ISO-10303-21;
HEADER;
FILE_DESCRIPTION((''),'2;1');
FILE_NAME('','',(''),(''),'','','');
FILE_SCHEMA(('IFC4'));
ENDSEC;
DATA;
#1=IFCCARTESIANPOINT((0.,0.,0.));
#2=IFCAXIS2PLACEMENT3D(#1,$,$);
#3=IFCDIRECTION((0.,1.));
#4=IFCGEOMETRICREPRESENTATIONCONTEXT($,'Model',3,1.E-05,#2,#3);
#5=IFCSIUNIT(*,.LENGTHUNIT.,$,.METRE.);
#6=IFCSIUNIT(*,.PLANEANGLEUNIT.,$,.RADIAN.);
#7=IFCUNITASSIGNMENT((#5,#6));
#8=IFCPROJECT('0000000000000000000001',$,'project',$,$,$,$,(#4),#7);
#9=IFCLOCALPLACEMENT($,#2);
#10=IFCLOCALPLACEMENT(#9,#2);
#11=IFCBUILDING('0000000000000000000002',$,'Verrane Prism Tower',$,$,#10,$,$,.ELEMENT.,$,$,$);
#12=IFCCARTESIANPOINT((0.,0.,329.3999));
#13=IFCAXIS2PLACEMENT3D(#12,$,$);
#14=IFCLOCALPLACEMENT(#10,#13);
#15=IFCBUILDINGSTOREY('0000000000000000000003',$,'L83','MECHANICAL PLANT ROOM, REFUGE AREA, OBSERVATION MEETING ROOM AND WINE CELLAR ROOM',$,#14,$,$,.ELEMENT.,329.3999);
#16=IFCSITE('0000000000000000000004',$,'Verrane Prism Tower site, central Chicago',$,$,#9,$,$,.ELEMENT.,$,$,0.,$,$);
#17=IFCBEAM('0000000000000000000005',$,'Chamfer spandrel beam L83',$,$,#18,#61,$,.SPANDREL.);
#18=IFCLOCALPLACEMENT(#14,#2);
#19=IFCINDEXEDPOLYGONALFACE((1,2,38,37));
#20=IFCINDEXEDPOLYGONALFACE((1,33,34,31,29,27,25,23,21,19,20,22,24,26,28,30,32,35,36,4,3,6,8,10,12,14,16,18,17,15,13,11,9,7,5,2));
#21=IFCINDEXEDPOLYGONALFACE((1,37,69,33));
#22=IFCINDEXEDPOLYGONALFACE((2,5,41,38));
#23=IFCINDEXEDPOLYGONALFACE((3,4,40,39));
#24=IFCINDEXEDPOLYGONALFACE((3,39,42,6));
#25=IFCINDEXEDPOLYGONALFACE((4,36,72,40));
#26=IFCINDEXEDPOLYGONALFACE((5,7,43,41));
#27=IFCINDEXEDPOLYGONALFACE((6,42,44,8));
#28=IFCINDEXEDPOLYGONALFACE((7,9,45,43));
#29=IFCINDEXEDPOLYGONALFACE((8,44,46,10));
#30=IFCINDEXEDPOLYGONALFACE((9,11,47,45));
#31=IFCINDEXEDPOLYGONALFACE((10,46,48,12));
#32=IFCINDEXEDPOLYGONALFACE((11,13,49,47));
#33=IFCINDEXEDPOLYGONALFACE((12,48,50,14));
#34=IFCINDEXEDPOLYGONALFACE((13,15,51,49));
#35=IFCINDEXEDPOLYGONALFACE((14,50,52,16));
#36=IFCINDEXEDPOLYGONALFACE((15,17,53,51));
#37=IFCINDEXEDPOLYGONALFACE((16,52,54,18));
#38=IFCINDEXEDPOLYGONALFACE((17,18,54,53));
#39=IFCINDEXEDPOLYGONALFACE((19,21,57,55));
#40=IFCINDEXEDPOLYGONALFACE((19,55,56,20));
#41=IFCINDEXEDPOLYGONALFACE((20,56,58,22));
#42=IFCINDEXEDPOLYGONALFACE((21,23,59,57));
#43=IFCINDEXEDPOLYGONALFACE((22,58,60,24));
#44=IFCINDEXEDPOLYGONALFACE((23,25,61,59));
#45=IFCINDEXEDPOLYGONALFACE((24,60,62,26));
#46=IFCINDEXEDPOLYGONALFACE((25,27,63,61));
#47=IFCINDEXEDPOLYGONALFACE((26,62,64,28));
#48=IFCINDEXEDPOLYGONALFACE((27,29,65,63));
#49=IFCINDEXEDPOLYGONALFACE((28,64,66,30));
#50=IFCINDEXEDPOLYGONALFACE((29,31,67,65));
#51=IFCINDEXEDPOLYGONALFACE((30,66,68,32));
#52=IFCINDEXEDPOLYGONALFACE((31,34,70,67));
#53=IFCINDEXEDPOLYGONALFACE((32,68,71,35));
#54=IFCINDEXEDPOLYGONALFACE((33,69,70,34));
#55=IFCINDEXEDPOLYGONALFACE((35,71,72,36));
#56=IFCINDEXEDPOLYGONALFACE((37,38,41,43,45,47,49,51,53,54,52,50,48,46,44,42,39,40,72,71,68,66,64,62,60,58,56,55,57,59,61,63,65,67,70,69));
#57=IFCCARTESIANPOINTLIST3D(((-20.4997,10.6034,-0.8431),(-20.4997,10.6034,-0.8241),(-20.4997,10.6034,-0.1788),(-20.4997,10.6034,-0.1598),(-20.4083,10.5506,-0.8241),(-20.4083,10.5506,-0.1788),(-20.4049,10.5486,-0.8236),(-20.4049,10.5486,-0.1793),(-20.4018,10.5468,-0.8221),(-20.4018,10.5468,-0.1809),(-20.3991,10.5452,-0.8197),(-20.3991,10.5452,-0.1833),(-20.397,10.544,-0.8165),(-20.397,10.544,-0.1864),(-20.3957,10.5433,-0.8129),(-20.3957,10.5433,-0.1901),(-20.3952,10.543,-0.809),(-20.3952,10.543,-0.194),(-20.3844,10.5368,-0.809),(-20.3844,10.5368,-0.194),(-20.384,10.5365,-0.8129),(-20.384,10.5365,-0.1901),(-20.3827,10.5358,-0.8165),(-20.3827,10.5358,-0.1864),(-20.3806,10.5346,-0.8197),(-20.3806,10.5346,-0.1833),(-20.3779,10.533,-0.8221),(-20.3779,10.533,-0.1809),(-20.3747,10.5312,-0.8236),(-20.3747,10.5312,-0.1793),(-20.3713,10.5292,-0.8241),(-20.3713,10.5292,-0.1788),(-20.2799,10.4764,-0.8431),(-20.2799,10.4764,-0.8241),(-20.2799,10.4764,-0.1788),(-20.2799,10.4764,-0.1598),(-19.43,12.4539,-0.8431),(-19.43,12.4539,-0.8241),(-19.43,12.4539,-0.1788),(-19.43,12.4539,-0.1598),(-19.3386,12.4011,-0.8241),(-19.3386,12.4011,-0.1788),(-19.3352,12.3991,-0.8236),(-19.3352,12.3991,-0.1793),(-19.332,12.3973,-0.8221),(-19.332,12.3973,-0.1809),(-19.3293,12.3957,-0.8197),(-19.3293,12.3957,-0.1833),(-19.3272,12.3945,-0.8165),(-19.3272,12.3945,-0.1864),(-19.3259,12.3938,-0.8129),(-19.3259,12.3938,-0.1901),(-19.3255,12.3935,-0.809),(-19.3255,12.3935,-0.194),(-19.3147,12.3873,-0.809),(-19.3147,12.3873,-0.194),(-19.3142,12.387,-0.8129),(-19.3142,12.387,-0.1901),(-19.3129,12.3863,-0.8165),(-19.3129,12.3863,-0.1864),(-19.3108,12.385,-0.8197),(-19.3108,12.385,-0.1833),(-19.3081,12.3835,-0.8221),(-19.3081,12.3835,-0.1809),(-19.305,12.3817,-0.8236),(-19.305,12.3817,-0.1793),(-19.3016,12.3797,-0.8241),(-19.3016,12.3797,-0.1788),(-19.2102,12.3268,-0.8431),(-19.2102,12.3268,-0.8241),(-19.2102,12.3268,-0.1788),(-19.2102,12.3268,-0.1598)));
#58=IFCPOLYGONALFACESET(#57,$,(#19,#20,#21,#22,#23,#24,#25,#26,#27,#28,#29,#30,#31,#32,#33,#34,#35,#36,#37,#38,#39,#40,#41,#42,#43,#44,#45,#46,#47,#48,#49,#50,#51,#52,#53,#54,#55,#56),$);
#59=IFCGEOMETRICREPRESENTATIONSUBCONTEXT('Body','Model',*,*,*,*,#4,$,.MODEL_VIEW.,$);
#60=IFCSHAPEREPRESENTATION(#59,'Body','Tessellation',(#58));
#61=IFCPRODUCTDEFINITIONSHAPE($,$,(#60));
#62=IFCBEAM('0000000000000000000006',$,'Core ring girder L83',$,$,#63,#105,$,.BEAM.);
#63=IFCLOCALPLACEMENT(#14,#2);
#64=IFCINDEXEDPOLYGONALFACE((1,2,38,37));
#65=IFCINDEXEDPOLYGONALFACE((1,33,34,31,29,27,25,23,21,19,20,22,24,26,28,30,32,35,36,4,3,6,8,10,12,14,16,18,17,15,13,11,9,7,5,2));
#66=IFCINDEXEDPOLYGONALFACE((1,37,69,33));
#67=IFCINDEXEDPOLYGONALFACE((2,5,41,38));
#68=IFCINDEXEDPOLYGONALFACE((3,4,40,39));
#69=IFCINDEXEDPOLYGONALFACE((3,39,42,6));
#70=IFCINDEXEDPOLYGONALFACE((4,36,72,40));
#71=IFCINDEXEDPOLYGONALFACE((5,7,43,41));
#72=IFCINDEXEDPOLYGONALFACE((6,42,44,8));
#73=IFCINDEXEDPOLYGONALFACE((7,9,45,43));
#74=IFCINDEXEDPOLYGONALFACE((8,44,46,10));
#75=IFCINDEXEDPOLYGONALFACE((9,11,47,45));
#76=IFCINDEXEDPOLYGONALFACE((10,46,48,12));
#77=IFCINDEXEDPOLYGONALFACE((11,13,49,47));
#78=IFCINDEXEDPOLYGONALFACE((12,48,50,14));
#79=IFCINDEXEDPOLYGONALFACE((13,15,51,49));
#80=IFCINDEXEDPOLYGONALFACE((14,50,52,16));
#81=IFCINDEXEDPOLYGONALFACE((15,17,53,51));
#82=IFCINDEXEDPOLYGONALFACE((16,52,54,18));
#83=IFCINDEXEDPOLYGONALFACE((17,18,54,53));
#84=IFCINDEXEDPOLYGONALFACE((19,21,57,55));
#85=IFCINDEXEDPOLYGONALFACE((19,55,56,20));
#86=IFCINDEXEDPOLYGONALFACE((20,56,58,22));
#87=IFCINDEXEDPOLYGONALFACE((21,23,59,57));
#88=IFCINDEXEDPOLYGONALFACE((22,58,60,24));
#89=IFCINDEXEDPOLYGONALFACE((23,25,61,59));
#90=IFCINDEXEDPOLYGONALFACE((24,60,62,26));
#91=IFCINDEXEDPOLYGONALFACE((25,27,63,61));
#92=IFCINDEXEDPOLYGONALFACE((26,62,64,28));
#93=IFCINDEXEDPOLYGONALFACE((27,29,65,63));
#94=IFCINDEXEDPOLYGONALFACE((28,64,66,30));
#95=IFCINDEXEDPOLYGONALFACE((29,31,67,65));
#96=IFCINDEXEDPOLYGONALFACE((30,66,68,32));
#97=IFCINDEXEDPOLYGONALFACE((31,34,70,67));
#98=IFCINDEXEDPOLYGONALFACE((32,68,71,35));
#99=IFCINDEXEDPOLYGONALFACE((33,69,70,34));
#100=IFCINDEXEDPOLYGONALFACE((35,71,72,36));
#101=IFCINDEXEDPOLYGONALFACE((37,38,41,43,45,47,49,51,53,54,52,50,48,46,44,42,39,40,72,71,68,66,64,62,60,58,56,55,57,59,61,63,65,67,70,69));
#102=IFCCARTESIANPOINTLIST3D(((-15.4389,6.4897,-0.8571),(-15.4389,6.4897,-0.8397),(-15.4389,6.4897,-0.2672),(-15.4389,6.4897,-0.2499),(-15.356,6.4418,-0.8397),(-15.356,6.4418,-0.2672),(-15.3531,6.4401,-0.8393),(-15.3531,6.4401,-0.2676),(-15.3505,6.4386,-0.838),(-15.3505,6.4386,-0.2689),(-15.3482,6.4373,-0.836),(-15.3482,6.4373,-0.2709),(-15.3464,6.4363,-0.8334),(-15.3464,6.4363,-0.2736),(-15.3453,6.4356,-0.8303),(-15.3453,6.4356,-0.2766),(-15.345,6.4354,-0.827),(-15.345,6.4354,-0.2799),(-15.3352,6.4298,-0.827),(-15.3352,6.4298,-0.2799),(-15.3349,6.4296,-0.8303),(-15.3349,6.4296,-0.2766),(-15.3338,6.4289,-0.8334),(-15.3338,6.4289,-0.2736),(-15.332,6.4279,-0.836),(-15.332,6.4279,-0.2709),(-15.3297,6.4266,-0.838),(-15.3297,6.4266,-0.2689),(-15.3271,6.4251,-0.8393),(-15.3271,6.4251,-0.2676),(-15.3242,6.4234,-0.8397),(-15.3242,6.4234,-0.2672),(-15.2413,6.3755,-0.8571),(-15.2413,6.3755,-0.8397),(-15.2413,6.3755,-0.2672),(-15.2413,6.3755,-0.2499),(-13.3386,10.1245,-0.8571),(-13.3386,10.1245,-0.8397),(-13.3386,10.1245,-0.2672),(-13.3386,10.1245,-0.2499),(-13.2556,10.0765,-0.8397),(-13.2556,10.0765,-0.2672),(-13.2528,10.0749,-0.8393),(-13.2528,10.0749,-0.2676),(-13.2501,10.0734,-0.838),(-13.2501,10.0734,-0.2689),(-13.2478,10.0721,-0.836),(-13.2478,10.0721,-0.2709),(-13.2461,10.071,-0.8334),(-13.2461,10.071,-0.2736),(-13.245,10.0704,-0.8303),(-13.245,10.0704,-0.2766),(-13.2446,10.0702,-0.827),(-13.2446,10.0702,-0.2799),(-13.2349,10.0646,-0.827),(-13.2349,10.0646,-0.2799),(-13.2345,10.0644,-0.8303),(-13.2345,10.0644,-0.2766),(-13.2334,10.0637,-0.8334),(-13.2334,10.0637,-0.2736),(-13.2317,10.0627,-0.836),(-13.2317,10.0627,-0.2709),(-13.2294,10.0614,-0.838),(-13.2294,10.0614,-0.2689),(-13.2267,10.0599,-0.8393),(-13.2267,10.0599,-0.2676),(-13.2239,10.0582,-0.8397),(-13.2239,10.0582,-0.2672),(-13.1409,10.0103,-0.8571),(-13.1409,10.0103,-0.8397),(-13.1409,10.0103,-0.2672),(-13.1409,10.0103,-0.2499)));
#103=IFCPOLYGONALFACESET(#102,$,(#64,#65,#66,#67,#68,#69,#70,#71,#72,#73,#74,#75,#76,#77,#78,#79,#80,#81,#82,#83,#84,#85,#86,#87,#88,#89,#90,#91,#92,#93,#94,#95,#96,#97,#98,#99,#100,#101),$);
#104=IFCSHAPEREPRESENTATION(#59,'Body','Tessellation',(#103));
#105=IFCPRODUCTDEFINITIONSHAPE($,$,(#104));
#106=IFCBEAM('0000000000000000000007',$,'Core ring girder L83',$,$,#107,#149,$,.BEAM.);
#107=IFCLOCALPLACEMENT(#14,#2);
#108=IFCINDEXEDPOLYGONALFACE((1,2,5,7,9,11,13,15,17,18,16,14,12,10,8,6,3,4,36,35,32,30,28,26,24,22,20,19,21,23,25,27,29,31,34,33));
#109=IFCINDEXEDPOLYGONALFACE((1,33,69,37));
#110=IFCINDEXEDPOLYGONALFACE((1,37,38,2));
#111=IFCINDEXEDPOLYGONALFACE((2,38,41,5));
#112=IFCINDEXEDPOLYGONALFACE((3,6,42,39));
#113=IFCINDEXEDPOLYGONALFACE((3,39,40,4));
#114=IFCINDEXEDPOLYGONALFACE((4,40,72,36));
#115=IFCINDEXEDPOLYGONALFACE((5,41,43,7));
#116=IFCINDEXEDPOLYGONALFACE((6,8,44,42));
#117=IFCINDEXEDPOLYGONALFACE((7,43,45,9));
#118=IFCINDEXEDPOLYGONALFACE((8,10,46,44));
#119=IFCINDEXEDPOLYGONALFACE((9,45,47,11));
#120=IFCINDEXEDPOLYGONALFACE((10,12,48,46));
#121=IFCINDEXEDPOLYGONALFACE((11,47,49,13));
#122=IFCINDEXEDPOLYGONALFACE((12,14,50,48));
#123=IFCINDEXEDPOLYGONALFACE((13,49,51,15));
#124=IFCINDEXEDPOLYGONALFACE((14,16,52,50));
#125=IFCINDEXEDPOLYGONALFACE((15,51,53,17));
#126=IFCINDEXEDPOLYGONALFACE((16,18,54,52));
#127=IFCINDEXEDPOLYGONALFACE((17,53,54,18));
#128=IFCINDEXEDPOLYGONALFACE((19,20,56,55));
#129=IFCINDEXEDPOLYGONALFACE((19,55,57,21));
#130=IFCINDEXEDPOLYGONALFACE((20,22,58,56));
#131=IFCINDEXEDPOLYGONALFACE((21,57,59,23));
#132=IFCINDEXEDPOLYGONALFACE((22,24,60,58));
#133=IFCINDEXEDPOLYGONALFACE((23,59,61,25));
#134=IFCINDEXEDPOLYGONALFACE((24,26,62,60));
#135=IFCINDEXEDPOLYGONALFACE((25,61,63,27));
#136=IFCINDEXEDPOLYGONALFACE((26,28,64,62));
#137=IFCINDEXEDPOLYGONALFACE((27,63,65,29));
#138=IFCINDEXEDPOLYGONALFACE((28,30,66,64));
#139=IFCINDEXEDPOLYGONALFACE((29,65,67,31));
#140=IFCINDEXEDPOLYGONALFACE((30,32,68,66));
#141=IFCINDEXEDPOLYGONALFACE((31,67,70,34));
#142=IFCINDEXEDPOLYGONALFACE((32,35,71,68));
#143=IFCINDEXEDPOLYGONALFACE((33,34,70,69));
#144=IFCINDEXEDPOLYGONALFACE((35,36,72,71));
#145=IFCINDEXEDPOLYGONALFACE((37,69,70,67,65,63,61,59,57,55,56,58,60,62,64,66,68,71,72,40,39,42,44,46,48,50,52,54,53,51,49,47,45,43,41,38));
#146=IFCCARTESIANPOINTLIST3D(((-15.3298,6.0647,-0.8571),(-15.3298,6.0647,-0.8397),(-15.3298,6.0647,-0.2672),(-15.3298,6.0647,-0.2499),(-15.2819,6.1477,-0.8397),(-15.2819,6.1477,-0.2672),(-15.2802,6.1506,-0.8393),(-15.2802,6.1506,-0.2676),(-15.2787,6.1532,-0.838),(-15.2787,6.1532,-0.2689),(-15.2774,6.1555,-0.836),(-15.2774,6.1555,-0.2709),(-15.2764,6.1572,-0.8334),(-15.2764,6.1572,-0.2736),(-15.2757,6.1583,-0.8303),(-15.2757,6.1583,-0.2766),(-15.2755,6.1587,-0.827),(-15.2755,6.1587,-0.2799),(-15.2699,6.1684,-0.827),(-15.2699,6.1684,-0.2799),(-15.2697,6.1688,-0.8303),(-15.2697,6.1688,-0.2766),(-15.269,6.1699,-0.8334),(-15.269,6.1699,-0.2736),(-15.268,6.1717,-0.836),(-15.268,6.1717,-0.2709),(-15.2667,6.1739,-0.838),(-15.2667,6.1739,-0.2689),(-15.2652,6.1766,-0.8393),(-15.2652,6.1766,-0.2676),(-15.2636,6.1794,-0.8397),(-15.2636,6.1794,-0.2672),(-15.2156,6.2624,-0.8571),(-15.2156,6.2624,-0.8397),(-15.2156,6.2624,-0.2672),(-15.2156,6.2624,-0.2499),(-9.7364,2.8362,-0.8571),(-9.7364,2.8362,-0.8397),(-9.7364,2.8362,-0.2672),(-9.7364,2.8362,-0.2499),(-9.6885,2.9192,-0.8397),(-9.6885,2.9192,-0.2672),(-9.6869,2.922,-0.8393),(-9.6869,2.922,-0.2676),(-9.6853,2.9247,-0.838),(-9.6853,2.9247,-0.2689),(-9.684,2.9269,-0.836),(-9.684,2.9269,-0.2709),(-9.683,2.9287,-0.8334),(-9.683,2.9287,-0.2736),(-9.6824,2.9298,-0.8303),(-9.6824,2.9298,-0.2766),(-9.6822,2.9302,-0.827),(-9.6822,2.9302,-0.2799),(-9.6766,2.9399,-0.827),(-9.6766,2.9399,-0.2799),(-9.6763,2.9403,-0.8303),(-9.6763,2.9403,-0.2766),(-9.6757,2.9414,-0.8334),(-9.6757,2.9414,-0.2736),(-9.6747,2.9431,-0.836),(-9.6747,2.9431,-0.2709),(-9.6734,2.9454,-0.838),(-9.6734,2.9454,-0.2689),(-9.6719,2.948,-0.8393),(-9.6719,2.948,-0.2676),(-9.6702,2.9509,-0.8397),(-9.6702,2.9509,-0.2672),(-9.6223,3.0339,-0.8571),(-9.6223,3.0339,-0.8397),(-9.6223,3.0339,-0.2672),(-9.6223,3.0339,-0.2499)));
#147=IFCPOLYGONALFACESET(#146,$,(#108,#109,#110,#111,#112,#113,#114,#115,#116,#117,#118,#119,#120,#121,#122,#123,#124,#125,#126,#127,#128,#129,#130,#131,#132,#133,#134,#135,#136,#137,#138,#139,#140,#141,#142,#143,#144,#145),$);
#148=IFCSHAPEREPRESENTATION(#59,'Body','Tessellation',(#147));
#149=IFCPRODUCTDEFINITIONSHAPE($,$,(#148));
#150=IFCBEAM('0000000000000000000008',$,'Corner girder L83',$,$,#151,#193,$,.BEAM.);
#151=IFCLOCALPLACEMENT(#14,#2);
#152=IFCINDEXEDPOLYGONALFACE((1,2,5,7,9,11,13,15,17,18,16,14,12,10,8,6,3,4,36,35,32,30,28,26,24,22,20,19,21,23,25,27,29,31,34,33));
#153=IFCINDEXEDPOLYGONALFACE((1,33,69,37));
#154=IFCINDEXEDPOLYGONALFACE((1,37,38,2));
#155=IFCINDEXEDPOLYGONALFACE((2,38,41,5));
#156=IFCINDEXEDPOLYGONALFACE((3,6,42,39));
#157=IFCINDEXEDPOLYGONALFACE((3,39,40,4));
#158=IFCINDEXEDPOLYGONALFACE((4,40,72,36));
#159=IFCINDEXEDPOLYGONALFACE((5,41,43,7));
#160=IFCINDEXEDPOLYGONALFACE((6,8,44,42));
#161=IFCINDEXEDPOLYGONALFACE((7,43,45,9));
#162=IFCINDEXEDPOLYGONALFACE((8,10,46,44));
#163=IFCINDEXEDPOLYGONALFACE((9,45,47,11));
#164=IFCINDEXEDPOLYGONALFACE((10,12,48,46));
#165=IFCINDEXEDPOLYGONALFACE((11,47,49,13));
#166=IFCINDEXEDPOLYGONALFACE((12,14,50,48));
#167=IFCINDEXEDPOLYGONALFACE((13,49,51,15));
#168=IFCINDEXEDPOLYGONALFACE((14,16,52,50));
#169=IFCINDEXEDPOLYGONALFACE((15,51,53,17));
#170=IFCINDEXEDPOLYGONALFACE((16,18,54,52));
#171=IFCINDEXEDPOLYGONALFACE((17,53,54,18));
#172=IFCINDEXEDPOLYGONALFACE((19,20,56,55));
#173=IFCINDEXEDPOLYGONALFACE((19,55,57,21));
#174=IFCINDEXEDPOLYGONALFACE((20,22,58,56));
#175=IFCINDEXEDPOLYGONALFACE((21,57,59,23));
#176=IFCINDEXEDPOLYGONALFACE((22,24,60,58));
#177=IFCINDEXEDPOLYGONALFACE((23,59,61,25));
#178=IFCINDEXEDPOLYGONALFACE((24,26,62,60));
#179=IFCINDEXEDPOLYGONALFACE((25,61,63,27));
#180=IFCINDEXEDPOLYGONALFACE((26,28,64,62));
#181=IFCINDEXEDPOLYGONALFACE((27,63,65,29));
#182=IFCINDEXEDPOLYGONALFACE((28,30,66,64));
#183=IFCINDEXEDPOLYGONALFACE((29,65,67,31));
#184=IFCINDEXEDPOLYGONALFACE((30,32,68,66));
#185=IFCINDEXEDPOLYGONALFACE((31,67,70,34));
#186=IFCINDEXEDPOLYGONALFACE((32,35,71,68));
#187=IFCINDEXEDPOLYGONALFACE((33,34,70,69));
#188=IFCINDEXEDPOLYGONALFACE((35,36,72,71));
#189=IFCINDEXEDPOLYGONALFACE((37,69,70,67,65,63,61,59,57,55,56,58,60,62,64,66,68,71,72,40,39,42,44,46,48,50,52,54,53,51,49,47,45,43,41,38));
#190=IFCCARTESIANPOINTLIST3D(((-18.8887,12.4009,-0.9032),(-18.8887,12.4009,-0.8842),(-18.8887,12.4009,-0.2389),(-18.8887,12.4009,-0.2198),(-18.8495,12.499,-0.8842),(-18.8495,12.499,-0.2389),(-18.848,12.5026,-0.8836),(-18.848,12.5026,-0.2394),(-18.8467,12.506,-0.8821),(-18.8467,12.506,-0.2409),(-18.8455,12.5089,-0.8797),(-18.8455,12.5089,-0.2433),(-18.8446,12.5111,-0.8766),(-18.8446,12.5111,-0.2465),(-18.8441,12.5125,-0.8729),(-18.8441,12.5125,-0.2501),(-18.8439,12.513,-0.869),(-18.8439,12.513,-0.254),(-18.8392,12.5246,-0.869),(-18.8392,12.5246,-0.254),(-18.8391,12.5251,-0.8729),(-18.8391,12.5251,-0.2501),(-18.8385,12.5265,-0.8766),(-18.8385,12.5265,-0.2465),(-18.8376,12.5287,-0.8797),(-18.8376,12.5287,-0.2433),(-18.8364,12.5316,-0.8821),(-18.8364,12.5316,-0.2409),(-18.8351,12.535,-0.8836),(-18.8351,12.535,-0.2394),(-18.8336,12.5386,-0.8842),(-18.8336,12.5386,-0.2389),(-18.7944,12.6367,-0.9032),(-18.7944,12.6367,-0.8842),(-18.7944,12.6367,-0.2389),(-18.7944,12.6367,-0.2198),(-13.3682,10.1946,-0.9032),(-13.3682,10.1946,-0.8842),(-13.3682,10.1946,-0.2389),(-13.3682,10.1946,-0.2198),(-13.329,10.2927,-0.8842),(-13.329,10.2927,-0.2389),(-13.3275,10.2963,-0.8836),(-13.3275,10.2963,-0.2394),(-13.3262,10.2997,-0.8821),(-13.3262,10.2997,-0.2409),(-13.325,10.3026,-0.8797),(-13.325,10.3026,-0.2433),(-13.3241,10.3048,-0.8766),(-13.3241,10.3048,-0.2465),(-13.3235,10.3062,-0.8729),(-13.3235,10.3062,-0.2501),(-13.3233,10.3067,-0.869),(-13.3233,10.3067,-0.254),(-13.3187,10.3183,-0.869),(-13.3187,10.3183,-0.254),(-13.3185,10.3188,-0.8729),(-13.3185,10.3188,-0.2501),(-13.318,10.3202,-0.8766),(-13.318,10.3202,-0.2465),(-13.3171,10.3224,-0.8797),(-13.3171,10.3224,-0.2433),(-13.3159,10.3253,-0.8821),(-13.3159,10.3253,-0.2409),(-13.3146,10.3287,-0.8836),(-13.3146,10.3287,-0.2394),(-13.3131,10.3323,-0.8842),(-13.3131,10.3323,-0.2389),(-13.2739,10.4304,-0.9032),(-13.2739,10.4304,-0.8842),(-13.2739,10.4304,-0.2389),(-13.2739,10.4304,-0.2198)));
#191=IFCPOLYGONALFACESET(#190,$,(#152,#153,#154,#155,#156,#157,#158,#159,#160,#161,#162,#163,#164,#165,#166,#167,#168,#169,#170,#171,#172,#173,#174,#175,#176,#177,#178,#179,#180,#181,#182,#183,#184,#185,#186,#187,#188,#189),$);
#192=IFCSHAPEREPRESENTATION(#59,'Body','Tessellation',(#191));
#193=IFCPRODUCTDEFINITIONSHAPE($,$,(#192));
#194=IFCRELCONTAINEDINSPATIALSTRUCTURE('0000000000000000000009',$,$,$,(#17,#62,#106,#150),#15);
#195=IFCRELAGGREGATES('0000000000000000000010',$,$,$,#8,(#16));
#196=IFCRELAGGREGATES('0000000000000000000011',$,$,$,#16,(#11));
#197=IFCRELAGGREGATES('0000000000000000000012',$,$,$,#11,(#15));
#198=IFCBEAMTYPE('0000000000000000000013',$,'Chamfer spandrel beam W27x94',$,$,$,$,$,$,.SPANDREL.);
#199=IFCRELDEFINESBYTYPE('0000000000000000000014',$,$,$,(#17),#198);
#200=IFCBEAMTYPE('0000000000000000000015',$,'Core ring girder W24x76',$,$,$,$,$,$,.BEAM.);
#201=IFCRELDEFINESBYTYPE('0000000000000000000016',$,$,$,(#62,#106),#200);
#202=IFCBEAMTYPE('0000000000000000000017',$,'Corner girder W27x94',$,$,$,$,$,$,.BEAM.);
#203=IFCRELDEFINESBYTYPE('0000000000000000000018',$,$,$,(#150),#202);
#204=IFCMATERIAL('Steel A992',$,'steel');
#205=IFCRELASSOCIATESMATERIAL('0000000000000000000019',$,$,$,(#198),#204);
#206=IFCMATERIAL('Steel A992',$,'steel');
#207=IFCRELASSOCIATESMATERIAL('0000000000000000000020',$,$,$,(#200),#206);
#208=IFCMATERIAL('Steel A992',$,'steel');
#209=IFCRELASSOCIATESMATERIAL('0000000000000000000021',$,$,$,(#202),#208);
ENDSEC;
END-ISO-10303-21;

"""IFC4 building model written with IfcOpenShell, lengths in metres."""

from ifc_helpers import new_model, si_unit, direction, frame, origin, origin_2d, place, context, subcontext, project, spatial, i_section, extrude, material, material_profile, profile_set, type_object, element, save


model = new_model("IFC4")

# Units and contexts
model_context = context("Model", 3, precision=1e-05, world=origin(), true_north=direction((0.0, 1.0)))
body_context = subcontext(model_context, "Body", "Model", "MODEL_VIEW")
ifc_project = project(units=[si_unit("LENGTHUNIT", "METRE"), si_unit("PLANEANGLEUNIT", "RADIAN")], contexts=[model_context])

# Site, building, storey
site_placement = place(None, origin())
site = spatial("IfcSite", under=ifc_project, at=site_placement, Name="Verrane Prism Tower site, central Chicago", CompositionType="ELEMENT", RefElevation=0.0)
building_placement = place(site_placement, origin())
building = spatial("IfcBuilding", under=site, at=building_placement, Name="Verrane Prism Tower", CompositionType="ELEMENT")
storey_placement = place(building_placement, frame((0.0, 0.0, 329.3999)))
storey = spatial("IfcBuildingStorey", under=building, at=storey_placement, Name="L83", Description="MECHANICAL PLANT ROOM, REFUGE AREA, OBSERVATION MEETING ROOM AND WINE CELLAR ROOM", CompositionType="ELEMENT", Elevation=329.3999)

# Beams
ifc_material_1 = material(Name="Steel A992", Category="steel")
ifc_material_profile_1 = material_profile(ifc_material_1, i_section(OverallWidth=0.2539, OverallDepth=0.6833, WebThickness=0.0125, FlangeThickness=0.019, FilletRadius=0.0151, at=origin_2d()), Name="W27x94")
ifc_profile_set_1 = profile_set([ifc_material_profile_1], Name="Steel A992")
beam_type_1 = type_object("IfcBeamType", Name="Chamfer spandrel beam W27x94", PredefinedType="SPANDREL", material=ifc_profile_set_1)
beam_1_placement = place(storey_placement, frame((-19.3201, 12.3904, -0.5015), z_axis=(-0.500487, -0.865744, 0.0), x_axis=(0.865744, -0.500487, 0.0)))
element("IfcBeam", 1, at=beam_1_placement, inside=storey, type_object=beam_type_1, Name="Chamfer spandrel beam L83", PredefinedType="SPANDREL", context=body_context, shape_type="SweptSolid", body=[
    extrude(i_section(OverallWidth=0.2539, OverallDepth=0.6833, WebThickness=0.0125, FlangeThickness=0.019, FilletRadius=0.0151, at=origin_2d()), origin(), (0.0, 0.0, 1.0), 2.1375),
])
ifc_material_2 = material(Name="Steel A992", Category="steel")
ifc_material_profile_2 = material_profile(ifc_material_2, i_section(OverallWidth=0.2283, OverallDepth=0.6072, WebThickness=0.0112, FlangeThickness=0.0173, FilletRadius=0.0127, at=origin_2d()), Name="W24x76")
ifc_profile_set_2 = profile_set([ifc_material_profile_2], Name="Steel A992")
beam_type_2 = type_object("IfcBeamType", Name="Core ring girder W24x76", PredefinedType="BEAM", material=ifc_profile_set_2)
beam_2_placement = place(storey_placement, frame((-13.2397, 10.0674, -0.5535), z_axis=(-0.500323, -0.865839, 0.0), x_axis=(0.865839, -0.500323, 0.0)))
element("IfcBeam", 2, at=beam_2_placement, inside=storey, type_object=beam_type_2, Name="Core ring girder L83", PredefinedType="BEAM", context=body_context, shape_type="SweptSolid", body=[
    extrude(i_section(OverallWidth=0.2283, OverallDepth=0.6072, WebThickness=0.0112, FlangeThickness=0.0173, FilletRadius=0.0127, at=origin_2d()), origin(), (0.0, 0.0, 1.0), 4.198),
])
beam_3_placement = place(storey_placement, frame((-15.2727, 6.1636, -0.5535), z_axis=(0.866076, -0.499912, 0.0), x_axis=(0.499912, 0.866076, 0.0)))
element("IfcBeam", 3, at=beam_3_placement, inside=storey, type_object=beam_type_2, Name="Core ring girder L83", PredefinedType="BEAM", context=body_context, shape_type="SweptSolid", body=[
    extrude(i_section(OverallWidth=0.2283, OverallDepth=0.6072, WebThickness=0.0112, FlangeThickness=0.0173, FilletRadius=0.0127, at=origin_2d()), origin(), (0.0, 0.0, 1.0), 6.4583),
])
ifc_material_3 = material(Name="Steel A992", Category="steel")
ifc_material_profile_3 = material_profile(ifc_material_3, i_section(OverallWidth=0.2539, OverallDepth=0.6833, WebThickness=0.0125, FlangeThickness=0.019, FilletRadius=0.0151, at=origin_2d()), Name="W27x94")
ifc_profile_set_3 = profile_set([ifc_material_profile_3], Name="Steel A992")
beam_type_3 = type_object("IfcBeamType", Name="Corner girder W27x94", PredefinedType="BEAM", material=ifc_profile_set_3)
for number, where, z_axis, x_axis, name in (
    (4, (-18.8416, 12.5188, -0.5615), (0.928587, -0.371115, 0.0), (0.371115, 0.928587, 0.0), "Corner girder L83"),
):
    element("IfcBeam", number, at=place(storey_placement, frame(where, z_axis=z_axis, x_axis=x_axis)), inside=storey, type_object=beam_type_3, Name=name, PredefinedType="BEAM", context=body_context, shape_type="SweptSolid", body=[
        extrude(i_section(OverallWidth=0.2539, OverallDepth=0.6833, WebThickness=0.0125, FlangeThickness=0.019, FilletRadius=0.0151, at=origin_2d()), origin(), (0.0, 0.0, 1.0), 5.9451),
    ])

save(model, "model.ifc")
